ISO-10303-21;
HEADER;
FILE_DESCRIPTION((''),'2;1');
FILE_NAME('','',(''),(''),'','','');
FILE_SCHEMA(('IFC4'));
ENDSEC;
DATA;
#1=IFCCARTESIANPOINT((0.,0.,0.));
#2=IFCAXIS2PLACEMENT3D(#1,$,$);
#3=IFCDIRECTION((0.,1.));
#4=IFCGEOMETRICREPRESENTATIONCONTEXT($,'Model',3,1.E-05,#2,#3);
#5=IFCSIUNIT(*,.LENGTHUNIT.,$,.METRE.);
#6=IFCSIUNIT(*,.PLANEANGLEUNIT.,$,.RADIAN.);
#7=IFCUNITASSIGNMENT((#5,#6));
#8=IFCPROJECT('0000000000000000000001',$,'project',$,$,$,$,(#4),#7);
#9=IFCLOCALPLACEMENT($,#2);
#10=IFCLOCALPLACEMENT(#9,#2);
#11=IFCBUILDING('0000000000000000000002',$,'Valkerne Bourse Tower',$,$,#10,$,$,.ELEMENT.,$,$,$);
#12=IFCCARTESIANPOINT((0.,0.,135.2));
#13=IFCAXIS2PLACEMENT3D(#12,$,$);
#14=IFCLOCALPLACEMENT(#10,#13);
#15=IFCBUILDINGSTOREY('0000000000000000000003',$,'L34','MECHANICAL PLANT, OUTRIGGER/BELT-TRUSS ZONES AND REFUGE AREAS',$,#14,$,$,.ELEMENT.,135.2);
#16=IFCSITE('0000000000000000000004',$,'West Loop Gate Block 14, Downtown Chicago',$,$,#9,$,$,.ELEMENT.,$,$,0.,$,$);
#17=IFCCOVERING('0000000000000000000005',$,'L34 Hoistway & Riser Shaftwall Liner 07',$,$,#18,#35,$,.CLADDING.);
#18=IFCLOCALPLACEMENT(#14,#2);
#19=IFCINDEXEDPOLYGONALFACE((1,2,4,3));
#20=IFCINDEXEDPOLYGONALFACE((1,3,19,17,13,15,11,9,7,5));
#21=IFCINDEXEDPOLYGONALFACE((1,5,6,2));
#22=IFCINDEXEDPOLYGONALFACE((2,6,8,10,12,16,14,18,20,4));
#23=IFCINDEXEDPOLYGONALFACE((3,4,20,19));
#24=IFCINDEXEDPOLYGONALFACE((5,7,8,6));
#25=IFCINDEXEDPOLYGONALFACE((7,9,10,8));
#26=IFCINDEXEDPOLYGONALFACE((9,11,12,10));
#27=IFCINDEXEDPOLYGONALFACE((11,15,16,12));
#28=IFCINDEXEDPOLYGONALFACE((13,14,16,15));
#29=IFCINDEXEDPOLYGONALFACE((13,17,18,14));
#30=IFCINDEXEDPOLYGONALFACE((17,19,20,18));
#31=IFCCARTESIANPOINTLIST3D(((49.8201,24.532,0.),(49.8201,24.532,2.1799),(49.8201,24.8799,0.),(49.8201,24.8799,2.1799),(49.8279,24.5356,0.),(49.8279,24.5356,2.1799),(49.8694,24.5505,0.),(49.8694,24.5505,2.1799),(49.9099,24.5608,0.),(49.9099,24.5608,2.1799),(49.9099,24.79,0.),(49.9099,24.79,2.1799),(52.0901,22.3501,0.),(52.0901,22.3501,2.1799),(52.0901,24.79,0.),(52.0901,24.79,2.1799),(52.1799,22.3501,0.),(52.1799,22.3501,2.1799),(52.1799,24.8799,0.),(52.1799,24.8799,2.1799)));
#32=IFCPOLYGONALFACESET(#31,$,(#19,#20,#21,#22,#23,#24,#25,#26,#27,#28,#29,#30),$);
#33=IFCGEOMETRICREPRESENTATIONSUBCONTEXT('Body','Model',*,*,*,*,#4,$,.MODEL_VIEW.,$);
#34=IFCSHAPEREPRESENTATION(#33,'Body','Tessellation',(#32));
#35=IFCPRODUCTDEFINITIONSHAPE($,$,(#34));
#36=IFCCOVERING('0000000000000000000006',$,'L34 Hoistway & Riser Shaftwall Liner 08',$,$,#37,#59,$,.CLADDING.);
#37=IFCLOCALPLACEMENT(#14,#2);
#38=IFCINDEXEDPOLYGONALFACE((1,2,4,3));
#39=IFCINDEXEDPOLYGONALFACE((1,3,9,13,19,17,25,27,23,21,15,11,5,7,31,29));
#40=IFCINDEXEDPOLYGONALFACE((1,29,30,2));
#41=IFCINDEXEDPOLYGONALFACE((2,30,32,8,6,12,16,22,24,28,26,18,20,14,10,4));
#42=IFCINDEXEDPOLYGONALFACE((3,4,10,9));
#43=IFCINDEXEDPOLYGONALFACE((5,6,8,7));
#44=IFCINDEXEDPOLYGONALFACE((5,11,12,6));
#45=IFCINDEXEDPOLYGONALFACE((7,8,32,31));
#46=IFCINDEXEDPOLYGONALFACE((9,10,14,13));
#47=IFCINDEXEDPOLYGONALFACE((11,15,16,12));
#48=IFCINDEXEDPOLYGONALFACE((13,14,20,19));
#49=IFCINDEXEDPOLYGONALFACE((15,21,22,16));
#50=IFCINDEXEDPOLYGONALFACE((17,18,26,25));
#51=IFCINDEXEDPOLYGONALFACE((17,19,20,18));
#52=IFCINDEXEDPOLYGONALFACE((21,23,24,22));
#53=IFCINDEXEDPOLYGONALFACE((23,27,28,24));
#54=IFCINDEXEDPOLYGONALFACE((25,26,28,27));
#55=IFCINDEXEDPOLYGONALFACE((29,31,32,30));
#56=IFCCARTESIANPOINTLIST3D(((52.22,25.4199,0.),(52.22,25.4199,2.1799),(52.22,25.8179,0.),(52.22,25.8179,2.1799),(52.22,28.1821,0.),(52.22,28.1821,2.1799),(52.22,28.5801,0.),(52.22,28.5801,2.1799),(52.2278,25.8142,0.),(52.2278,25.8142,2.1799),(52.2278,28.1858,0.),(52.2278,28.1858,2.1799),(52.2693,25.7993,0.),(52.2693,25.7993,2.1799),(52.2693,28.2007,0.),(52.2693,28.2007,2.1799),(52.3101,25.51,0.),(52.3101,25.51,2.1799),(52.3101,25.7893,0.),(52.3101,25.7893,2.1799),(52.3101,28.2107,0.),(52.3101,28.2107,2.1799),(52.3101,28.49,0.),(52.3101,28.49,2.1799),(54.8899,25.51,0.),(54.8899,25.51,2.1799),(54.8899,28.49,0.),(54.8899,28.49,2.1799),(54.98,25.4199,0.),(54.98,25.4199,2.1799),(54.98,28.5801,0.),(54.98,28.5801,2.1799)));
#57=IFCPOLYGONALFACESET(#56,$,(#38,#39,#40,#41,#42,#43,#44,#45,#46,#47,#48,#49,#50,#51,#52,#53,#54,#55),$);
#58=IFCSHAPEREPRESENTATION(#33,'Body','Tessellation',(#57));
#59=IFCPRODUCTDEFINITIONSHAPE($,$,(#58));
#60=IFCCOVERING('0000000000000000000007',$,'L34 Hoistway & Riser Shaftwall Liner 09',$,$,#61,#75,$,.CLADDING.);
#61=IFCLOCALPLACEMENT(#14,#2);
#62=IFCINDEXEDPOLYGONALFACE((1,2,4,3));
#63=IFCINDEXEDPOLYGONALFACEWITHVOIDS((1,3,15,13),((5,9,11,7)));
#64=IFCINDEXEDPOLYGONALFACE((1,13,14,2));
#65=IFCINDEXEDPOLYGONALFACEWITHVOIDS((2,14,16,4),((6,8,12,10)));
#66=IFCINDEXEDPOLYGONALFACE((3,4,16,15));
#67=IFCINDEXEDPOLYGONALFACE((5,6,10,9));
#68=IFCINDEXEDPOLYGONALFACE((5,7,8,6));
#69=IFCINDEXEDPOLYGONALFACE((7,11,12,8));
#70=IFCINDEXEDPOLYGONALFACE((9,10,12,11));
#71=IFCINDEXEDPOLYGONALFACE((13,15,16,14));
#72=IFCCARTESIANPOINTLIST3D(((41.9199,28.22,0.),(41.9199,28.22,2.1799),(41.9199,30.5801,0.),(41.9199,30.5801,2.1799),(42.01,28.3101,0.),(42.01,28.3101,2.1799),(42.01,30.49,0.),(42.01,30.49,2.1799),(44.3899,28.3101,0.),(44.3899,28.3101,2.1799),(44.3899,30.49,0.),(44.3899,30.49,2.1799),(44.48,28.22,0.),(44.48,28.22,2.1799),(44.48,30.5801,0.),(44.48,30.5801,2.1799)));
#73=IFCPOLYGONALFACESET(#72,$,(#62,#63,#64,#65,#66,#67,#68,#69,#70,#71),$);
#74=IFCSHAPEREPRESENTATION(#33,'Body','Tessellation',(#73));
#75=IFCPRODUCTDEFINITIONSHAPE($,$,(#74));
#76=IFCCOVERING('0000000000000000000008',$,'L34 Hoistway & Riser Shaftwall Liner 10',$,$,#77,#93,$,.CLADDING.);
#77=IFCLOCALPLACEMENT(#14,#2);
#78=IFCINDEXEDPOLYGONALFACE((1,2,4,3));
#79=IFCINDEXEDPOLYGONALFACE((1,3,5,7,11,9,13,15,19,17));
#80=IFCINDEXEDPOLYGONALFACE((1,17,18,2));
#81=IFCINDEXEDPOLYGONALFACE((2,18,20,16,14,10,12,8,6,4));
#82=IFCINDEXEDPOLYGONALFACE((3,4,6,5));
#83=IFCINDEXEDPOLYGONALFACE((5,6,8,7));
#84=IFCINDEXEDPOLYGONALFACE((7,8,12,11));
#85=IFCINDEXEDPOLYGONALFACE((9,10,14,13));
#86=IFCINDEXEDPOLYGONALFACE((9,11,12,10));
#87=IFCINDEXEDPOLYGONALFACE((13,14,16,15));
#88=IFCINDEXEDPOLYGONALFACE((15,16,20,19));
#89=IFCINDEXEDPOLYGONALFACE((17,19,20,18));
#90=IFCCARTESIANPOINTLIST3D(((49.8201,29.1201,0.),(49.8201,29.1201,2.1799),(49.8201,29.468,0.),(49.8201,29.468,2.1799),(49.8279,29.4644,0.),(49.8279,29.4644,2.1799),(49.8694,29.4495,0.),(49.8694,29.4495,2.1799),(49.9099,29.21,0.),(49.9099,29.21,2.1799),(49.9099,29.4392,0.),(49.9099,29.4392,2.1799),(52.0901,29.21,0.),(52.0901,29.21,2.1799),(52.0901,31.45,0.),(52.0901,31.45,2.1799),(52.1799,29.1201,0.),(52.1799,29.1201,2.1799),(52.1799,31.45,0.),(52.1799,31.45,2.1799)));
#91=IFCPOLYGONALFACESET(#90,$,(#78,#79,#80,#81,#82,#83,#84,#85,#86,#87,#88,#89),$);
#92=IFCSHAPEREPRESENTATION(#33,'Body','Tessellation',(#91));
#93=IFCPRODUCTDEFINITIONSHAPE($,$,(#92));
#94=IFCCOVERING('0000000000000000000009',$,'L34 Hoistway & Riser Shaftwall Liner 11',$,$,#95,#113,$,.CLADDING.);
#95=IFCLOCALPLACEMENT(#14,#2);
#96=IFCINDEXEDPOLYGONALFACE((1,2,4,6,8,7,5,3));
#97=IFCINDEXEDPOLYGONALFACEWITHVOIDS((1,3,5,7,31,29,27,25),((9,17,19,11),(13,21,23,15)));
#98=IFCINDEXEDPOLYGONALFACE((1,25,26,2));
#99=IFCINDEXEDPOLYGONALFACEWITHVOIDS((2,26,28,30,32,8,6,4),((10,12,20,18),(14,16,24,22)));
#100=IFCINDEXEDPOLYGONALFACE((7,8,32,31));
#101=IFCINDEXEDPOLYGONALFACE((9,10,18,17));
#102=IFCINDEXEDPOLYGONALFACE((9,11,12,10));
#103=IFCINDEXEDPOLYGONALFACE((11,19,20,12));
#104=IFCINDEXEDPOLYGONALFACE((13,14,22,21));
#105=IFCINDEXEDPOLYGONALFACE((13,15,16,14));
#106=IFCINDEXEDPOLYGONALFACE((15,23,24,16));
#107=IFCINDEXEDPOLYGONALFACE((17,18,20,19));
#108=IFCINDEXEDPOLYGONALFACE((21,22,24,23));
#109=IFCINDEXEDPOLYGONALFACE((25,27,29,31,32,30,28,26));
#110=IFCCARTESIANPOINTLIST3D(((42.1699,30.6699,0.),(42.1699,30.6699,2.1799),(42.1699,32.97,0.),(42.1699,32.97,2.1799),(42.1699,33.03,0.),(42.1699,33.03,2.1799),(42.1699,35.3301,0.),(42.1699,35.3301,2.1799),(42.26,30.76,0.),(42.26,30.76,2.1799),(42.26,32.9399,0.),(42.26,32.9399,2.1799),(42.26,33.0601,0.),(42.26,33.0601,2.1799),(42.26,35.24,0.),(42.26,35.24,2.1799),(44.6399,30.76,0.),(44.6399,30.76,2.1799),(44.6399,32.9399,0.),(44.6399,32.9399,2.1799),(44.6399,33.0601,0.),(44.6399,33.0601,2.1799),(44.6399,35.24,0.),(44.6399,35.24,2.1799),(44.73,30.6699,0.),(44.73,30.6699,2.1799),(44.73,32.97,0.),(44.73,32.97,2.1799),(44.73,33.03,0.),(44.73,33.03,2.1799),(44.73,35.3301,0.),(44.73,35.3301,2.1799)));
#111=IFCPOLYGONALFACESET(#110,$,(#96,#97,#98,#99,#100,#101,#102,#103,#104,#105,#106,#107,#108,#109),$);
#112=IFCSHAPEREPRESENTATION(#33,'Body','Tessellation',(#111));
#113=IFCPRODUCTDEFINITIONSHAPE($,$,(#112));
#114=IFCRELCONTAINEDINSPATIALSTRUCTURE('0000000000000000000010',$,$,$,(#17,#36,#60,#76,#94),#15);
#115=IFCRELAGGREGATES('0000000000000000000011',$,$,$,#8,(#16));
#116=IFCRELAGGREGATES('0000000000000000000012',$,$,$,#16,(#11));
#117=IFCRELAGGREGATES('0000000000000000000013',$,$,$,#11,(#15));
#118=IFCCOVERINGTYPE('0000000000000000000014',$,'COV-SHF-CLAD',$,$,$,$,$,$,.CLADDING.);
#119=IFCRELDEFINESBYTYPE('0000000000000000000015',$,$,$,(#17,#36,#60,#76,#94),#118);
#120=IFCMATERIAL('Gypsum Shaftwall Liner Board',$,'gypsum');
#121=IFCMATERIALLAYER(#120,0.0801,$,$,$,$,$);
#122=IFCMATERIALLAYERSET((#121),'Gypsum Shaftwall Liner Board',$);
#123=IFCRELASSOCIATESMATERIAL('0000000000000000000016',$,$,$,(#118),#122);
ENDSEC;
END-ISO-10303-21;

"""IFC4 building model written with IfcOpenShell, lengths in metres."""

from ifc_helpers import new_model, si_unit, direction, frame, origin, place, context, subcontext, project, spatial, polyline, outline, extrude, material, layer, layer_set, type_object, element, save


model = new_model("IFC4")

# Units and contexts
model_context = context("Model", 3, precision=1e-05, world=origin(), true_north=direction((0.0, 1.0)))
body_context = subcontext(model_context, "Body", "Model", "MODEL_VIEW")
ifc_project = project(units=[si_unit("LENGTHUNIT", "METRE"), si_unit("PLANEANGLEUNIT", "RADIAN")], contexts=[model_context])

# Site, building, storey
site_placement = place(None, origin())
site = spatial("IfcSite", under=ifc_project, at=site_placement, Name="West Loop Gate Block 14, Downtown Chicago", CompositionType="ELEMENT", RefElevation=0.0)
building_placement = place(site_placement, origin())
building = spatial("IfcBuilding", under=site, at=building_placement, Name="Valkerne Bourse Tower", CompositionType="ELEMENT")
storey_placement = place(building_placement, frame((0.0, 0.0, 135.2)))
storey = spatial("IfcBuildingStorey", under=building, at=storey_placement, Name="L34", Description="MECHANICAL PLANT, OUTRIGGER/BELT-TRUSS ZONES AND REFUGE AREAS", CompositionType="ELEMENT", Elevation=135.2)

# Coverings
ifc_material_1 = material(Name="Gypsum Shaftwall Liner Board", Category="gypsum")
ifc_layer_1 = layer(ifc_material_1, 0.0801)
ifc_layer_set_1 = layer_set([ifc_layer_1], Name="Gypsum Shaftwall Liner Board")
covering_type = type_object("IfcCoveringType", Name="COV-SHF-CLAD", PredefinedType="CLADDING", material=ifc_layer_set_1)
covering_1_placement = place(storey_placement, origin())
element("IfcCovering", 1, at=covering_1_placement, inside=storey, type_object=covering_type, Name="L34 Hoistway & Riser Shaftwall Liner 07", PredefinedType="CLADDING", context=body_context, shape_type="SweptSolid", body=[
    extrude(outline(polyline([(52.1799, 22.3501), (52.0901, 22.3501), (52.0901, 24.79), (49.9099, 24.79), (49.9099, 24.5608), (49.8694, 24.5505), (49.8279, 24.5356), (49.8201, 24.532), (49.8201, 24.8799), (52.1799, 24.8799), (52.1799, 22.3501)])), origin(), (0.0, 0.0, 1.0), 2.1799),
])
covering_2_placement = place(storey_placement, origin())
element("IfcCovering", 2, at=covering_2_placement, inside=storey, type_object=covering_type, Name="L34 Hoistway & Riser Shaftwall Liner 08", PredefinedType="CLADDING", context=body_context, shape_type="SweptSolid", body=[
    extrude(outline(polyline([(54.98, 25.4199), (52.22, 25.4199), (52.22, 25.8179), (52.2278, 25.8142), (52.2693, 25.7993), (52.3101, 25.7893), (52.3101, 25.51), (54.8899, 25.51), (54.8899, 28.49), (52.3101, 28.49), (52.3101, 28.2107), (52.2693, 28.2007), (52.2278, 28.1858), (52.22, 28.1821), (52.22, 28.5801), (54.98, 28.5801), (54.98, 25.4199)])), origin(), (0.0, 0.0, 1.0), 2.1799),
])
covering_3_placement = place(storey_placement, origin())
element("IfcCovering", 3, at=covering_3_placement, inside=storey, type_object=covering_type, Name="L34 Hoistway & Riser Shaftwall Liner 09", PredefinedType="CLADDING", context=body_context, shape_type="SweptSolid", body=[
    extrude(outline(polyline([(44.48, 28.22), (41.9199, 28.22), (41.9199, 30.5801), (44.48, 30.5801), (44.48, 28.22)]), holes=[polyline([(42.01, 30.49), (42.01, 28.3101), (44.3899, 28.3101), (44.3899, 30.49), (42.01, 30.49)])]), origin(), (0.0, 0.0, 1.0), 2.1799),
])
covering_4_placement = place(storey_placement, origin())
element("IfcCovering", 4, at=covering_4_placement, inside=storey, type_object=covering_type, Name="L34 Hoistway & Riser Shaftwall Liner 10", PredefinedType="CLADDING", context=body_context, shape_type="SweptSolid", body=[
    extrude(outline(polyline([(49.8201, 29.1201), (49.8201, 29.468), (49.8279, 29.4644), (49.8694, 29.4495), (49.9099, 29.4392), (49.9099, 29.21), (52.0901, 29.21), (52.0901, 31.45), (52.1799, 31.45), (52.1799, 29.1201), (49.8201, 29.1201)])), origin(), (0.0, 0.0, 1.0), 2.1799),
])
covering_5_placement = place(storey_placement, origin())
element("IfcCovering", 5, at=covering_5_placement, inside=storey, type_object=covering_type, Name="L34 Hoistway & Riser Shaftwall Liner 11", PredefinedType="CLADDING", context=body_context, shape_type="SweptSolid", body=[
    extrude(outline(polyline([(44.73, 35.3301), (44.73, 33.03), (44.73, 32.97), (44.73, 30.6699), (42.1699, 30.6699), (42.1699, 32.97), (42.1699, 33.03), (42.1699, 35.3301), (44.73, 35.3301)]), holes=[polyline([(42.26, 30.76), (44.6399, 30.76), (44.6399, 32.9399), (42.26, 32.9399), (42.26, 30.76)]), polyline([(42.26, 33.0601), (44.6399, 33.0601), (44.6399, 35.24), (42.26, 35.24), (42.26, 33.0601)])]), origin(), (0.0, 0.0, 1.0), 2.1799),
])

save(model, "model.ifc")
